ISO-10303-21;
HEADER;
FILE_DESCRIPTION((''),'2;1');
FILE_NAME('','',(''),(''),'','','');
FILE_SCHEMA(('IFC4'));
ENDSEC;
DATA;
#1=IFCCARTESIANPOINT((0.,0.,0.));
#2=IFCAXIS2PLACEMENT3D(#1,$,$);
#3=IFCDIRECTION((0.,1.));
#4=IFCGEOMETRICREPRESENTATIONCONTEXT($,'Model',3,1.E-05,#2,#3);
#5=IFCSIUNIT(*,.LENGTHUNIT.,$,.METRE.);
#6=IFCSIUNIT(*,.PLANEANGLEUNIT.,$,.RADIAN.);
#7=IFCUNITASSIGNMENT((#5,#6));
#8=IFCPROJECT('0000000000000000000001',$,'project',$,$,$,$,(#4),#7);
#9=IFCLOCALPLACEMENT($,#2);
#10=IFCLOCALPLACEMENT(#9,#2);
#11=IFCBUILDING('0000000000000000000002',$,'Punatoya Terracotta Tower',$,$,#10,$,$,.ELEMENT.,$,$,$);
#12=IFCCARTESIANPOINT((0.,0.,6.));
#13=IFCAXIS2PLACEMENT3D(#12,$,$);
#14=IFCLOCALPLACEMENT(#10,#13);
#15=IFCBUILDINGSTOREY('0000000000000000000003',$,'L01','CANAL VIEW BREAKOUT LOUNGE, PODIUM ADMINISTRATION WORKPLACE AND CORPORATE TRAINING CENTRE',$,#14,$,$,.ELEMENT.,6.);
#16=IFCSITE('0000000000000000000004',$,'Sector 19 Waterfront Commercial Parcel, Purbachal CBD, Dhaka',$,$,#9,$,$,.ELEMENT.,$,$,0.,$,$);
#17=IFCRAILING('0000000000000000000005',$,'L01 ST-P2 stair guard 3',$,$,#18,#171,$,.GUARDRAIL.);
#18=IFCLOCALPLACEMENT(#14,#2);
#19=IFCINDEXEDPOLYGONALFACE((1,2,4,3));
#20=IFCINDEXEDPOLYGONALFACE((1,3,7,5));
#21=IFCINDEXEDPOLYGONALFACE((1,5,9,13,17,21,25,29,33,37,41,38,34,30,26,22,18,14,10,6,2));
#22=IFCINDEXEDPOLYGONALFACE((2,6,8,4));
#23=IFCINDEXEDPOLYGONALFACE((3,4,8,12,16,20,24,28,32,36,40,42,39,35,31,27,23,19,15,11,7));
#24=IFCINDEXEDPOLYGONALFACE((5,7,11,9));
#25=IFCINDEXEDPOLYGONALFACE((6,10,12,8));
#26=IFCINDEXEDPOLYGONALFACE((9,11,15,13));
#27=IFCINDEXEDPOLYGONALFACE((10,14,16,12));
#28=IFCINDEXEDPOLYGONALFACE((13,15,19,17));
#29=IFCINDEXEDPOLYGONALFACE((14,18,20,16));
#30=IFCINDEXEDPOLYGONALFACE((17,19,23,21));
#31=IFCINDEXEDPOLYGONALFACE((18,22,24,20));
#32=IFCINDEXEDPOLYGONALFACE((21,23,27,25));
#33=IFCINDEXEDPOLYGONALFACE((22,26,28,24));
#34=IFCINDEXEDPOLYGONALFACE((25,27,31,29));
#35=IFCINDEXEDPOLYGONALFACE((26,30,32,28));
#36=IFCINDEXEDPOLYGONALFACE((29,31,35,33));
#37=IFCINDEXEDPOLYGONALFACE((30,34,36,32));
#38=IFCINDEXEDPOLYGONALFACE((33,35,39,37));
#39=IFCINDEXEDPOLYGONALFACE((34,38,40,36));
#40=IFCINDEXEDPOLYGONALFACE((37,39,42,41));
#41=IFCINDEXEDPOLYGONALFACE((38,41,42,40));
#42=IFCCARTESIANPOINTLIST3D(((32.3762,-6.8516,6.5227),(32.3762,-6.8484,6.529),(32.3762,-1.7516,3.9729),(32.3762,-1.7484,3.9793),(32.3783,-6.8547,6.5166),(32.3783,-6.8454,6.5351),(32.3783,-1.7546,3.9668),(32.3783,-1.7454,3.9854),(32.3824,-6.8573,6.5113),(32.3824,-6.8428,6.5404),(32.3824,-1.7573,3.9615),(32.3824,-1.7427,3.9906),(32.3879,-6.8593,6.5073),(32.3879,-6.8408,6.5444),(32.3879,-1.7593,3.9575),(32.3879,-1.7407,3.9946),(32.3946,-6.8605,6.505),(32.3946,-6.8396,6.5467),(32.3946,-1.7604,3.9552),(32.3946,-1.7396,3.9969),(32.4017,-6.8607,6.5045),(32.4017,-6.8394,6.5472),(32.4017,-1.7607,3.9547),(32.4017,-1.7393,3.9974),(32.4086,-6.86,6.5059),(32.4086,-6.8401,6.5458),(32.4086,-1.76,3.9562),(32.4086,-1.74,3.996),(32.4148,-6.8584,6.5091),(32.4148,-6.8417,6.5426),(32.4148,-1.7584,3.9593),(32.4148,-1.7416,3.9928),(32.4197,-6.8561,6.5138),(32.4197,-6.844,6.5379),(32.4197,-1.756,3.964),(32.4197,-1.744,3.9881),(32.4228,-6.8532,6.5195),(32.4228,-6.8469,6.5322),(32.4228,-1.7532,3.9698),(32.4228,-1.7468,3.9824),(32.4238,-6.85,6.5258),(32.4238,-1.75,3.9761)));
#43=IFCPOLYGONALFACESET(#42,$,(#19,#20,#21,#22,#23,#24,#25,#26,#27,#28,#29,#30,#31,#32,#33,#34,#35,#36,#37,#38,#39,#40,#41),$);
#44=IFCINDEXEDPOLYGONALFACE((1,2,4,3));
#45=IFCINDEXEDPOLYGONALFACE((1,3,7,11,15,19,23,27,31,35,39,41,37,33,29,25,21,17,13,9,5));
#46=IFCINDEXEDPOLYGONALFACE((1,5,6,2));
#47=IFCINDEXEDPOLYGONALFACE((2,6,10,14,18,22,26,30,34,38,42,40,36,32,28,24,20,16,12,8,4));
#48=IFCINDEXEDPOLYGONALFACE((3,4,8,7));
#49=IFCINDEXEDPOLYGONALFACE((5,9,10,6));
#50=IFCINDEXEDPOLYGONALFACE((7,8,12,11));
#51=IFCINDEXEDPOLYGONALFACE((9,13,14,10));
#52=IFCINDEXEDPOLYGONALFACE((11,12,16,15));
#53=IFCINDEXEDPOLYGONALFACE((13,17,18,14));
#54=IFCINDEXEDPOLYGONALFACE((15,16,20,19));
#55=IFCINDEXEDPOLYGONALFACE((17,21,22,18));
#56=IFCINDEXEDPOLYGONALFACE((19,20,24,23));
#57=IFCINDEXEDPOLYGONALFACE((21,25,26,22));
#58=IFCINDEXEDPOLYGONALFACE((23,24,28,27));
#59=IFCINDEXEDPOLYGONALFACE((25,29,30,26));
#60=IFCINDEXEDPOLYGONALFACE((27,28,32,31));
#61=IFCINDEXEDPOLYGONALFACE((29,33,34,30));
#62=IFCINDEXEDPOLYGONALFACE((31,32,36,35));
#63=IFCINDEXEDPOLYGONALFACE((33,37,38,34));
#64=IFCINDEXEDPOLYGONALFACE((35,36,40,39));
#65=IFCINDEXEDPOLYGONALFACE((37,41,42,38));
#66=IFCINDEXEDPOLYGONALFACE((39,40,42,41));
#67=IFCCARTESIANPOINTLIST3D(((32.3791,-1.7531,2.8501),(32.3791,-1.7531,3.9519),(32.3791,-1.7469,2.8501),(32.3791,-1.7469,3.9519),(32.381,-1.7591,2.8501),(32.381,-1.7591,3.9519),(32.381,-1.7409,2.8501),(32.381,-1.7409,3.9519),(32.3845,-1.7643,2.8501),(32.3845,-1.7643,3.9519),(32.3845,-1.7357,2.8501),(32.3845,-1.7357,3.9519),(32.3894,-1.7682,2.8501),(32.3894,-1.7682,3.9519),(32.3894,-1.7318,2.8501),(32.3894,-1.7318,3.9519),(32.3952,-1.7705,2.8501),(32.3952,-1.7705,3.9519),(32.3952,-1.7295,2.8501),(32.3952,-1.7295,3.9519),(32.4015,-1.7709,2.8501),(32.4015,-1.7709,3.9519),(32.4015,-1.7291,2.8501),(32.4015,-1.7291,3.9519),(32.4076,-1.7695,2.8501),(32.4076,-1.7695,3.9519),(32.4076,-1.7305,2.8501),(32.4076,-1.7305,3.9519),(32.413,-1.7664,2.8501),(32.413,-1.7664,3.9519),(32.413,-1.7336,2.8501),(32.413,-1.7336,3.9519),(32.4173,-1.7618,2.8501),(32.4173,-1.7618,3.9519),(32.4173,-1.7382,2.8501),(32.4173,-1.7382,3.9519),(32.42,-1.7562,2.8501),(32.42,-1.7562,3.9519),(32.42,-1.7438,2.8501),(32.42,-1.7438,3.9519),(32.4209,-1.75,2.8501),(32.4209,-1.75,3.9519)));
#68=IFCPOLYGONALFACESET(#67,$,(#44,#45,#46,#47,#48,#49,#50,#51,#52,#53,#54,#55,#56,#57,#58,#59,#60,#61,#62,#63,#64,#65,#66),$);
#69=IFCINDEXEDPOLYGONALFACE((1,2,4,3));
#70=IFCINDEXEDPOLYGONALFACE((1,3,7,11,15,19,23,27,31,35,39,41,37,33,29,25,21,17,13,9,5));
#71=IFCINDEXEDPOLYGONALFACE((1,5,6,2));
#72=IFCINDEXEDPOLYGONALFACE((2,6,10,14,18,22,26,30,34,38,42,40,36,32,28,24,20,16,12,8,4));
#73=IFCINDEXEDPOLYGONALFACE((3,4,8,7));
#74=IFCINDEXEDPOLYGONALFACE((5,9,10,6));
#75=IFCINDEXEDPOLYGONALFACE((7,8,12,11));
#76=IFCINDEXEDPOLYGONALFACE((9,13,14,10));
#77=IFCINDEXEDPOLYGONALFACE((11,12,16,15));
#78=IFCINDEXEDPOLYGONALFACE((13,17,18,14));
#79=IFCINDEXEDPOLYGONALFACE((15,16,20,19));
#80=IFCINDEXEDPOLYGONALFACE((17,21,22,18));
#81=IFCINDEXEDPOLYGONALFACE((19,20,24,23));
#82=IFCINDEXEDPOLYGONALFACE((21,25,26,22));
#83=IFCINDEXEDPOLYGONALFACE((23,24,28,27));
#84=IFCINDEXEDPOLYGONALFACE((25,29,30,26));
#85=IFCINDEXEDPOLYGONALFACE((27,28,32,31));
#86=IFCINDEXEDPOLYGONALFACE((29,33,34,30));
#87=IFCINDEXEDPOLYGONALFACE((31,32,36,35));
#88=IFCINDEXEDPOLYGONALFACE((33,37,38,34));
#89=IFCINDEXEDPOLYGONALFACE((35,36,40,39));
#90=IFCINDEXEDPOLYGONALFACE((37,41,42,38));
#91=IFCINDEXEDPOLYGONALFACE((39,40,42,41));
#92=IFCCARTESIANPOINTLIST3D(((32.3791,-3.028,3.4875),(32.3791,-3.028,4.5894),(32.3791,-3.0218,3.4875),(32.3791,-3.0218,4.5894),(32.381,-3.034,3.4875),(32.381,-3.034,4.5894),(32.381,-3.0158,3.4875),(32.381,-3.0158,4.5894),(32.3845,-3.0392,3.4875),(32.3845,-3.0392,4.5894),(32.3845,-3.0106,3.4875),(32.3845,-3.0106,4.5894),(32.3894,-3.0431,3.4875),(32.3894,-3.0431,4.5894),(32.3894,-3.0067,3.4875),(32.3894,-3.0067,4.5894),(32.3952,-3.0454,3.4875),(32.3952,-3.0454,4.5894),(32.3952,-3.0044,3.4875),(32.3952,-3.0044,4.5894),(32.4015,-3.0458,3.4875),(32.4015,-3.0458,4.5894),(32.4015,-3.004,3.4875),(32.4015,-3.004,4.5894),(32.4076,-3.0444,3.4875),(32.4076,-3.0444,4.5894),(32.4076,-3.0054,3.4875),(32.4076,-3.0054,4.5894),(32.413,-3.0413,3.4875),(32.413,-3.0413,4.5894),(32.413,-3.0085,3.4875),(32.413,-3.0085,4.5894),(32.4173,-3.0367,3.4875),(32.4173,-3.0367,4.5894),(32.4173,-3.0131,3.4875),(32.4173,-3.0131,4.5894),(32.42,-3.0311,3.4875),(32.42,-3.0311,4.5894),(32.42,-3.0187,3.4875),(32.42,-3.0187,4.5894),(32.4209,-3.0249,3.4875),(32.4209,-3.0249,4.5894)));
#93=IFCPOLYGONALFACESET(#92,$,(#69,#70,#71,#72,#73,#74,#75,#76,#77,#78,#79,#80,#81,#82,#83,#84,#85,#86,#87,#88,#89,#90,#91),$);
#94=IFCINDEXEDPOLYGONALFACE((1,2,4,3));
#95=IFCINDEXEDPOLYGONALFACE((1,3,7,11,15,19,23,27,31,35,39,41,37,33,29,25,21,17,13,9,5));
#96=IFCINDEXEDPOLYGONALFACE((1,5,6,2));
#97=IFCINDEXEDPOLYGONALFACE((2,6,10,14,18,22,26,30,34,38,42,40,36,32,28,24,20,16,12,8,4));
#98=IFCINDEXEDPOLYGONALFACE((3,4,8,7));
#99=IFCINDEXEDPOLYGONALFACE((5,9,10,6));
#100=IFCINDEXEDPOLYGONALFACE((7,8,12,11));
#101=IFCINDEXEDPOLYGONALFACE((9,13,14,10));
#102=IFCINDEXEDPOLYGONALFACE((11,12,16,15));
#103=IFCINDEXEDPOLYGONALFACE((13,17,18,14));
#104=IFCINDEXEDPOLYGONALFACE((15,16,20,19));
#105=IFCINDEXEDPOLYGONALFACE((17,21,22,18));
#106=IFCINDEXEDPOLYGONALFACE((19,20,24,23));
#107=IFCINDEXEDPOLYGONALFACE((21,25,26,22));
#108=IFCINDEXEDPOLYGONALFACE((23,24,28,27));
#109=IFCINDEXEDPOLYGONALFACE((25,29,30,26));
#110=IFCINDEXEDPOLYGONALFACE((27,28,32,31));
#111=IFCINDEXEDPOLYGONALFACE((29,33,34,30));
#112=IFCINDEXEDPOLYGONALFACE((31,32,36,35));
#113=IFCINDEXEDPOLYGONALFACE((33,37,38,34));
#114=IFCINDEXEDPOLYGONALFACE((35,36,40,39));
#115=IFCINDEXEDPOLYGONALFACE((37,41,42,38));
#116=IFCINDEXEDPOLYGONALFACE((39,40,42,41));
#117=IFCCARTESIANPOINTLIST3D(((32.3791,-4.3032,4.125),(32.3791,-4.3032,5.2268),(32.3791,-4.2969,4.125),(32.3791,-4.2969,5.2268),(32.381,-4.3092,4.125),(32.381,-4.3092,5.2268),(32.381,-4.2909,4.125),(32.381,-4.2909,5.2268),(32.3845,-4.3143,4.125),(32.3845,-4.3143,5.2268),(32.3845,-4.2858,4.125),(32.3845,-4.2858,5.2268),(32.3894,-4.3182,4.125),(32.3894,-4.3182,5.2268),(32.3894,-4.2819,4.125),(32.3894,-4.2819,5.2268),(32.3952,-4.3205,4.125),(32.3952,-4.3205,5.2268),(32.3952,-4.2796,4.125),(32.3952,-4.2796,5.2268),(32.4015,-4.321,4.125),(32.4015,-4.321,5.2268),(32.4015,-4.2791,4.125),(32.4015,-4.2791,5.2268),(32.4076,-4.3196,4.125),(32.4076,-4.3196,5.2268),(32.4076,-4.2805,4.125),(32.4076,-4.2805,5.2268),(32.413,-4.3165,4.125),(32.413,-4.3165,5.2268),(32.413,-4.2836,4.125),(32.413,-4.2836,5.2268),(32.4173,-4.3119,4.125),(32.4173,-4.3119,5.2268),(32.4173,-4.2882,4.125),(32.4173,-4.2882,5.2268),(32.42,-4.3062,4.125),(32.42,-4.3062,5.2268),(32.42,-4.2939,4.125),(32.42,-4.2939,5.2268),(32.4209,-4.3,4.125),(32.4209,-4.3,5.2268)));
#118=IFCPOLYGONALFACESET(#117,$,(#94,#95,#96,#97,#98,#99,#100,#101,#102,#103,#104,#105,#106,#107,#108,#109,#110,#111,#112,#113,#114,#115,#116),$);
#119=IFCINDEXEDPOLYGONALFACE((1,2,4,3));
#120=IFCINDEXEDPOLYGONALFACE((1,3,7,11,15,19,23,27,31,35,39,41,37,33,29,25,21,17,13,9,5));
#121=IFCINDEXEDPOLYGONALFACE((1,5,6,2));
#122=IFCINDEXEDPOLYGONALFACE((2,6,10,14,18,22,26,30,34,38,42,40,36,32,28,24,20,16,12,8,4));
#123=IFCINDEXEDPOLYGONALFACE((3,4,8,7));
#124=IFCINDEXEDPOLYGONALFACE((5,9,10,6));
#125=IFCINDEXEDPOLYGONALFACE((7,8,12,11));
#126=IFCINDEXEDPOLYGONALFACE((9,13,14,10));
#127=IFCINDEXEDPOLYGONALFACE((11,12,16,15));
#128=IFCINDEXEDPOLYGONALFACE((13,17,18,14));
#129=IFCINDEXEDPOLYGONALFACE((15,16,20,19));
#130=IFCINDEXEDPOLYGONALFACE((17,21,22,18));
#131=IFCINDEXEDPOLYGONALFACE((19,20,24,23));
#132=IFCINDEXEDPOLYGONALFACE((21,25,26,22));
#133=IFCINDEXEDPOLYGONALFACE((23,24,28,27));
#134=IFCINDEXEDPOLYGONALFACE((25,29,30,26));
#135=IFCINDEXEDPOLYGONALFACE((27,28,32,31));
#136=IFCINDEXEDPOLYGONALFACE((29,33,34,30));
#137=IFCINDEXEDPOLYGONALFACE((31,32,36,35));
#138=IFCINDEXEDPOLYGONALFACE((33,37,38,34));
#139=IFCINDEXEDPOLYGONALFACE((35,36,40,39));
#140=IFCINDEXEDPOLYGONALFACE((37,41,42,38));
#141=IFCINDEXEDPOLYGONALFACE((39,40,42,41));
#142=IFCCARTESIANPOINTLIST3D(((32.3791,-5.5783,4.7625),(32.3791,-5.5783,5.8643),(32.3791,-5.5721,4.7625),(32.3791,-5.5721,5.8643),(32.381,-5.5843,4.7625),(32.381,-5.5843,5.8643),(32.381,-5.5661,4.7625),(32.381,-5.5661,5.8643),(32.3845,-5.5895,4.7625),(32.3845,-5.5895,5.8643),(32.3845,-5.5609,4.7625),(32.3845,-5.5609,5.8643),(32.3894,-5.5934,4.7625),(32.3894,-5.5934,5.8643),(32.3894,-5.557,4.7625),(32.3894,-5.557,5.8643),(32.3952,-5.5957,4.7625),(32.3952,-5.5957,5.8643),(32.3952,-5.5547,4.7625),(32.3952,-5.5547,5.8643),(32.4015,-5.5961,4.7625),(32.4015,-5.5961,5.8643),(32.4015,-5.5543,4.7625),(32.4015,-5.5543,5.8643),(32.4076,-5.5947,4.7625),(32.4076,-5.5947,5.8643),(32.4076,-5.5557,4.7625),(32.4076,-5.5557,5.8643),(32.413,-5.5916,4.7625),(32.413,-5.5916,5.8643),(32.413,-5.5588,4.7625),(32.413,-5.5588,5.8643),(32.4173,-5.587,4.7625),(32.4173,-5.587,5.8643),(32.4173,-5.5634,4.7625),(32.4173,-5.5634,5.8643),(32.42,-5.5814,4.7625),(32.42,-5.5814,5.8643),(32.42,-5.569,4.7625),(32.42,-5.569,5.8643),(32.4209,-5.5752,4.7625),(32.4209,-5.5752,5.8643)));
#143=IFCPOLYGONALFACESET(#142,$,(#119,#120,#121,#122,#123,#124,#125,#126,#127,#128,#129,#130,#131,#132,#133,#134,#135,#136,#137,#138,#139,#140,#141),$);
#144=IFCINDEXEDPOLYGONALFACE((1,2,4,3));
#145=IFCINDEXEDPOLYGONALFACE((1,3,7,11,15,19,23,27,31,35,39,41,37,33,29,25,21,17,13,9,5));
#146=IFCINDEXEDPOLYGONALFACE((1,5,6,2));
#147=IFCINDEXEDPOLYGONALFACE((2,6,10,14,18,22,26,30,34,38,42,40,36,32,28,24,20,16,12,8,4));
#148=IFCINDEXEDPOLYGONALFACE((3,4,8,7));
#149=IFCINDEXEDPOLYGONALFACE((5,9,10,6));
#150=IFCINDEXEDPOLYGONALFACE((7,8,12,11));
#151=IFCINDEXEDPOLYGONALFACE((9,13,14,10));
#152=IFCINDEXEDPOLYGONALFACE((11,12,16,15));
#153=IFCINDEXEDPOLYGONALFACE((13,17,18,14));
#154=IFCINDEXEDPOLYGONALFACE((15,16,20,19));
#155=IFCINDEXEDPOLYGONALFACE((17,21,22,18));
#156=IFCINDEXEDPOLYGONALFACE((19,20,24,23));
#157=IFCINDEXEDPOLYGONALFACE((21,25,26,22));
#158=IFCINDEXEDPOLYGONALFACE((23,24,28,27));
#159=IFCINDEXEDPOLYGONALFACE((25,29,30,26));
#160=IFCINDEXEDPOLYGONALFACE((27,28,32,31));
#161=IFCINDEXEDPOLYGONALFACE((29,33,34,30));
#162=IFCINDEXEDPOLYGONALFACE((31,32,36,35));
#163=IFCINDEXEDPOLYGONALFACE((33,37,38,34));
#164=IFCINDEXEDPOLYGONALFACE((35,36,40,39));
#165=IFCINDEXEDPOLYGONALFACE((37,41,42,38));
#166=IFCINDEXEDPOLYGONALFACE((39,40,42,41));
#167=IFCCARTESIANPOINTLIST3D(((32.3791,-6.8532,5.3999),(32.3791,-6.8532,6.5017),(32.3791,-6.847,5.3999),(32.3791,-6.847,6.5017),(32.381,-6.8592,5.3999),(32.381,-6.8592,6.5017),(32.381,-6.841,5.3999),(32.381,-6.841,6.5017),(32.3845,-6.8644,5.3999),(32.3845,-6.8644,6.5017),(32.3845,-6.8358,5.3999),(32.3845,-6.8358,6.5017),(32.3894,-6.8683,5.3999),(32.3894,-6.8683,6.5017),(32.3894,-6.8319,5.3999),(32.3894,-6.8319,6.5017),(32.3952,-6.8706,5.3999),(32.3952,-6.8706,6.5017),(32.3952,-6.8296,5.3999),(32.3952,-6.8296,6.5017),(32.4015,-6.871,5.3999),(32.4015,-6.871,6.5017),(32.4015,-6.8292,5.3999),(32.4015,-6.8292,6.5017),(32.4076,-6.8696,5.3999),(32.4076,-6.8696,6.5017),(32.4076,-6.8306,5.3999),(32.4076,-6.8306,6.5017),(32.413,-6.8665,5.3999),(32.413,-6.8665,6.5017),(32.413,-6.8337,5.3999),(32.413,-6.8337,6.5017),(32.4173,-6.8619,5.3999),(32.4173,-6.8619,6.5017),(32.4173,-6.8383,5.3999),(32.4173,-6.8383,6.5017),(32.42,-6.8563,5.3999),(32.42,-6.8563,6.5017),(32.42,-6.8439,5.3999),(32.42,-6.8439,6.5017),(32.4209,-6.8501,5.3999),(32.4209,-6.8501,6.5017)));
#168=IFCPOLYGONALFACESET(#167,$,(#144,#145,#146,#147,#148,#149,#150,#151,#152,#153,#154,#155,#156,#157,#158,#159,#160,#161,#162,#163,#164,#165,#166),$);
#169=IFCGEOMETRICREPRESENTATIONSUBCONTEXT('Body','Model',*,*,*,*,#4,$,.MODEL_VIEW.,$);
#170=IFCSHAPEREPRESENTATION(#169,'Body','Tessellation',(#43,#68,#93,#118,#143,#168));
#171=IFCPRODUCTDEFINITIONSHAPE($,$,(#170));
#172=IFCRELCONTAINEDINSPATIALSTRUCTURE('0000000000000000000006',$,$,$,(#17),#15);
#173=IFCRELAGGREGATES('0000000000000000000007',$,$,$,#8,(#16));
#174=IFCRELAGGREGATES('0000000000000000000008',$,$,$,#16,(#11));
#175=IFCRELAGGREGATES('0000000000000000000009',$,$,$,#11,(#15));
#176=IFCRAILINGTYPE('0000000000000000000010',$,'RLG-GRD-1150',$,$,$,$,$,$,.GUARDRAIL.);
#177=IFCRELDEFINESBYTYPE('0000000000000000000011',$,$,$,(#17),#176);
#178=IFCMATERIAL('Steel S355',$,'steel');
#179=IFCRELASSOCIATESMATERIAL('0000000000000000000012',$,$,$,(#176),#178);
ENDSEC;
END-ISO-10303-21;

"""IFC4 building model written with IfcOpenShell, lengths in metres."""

from ifc_helpers import new_model, si_unit, direction, frame, origin, origin_2d, place, context, subcontext, project, spatial, circle, extrude, material, type_object, element, save


model = new_model("IFC4")

# Units and contexts
model_context = context("Model", 3, precision=1e-05, world=origin(), true_north=direction((0.0, 1.0)))
body_context = subcontext(model_context, "Body", "Model", "MODEL_VIEW")
ifc_project = project(units=[si_unit("LENGTHUNIT", "METRE"), si_unit("PLANEANGLEUNIT", "RADIAN")], contexts=[model_context])

# Site, building, storey
site_placement = place(None, origin())
site = spatial("IfcSite", under=ifc_project, at=site_placement, Name="Sector 19 Waterfront Commercial Parcel, Purbachal CBD, Dhaka", CompositionType="ELEMENT", RefElevation=0.0)
building_placement = place(site_placement, origin())
building = spatial("IfcBuilding", under=site, at=building_placement, Name="Punatoya Terracotta Tower", CompositionType="ELEMENT")
storey_placement = place(building_placement, frame((0.0, 0.0, 6.0)))
storey = spatial("IfcBuildingStorey", under=building, at=storey_placement, Name="L01", Description="CANAL VIEW BREAKOUT LOUNGE, PODIUM ADMINISTRATION WORKPLACE AND CORPORATE TRAINING CENTRE", CompositionType="ELEMENT", Elevation=6.0)

# Shared definitions
ifc_material_1 = material(Name="Steel S355", Category="steel")

# Railing
railing_type_1 = type_object("IfcRailingType", Name="RLG-GRD-1150", PredefinedType="GUARDRAIL", material=ifc_material_1)
railing_1_placement = place(storey_placement, frame((32.3999, -1.75, 2.8501)))
element("IfcRailing", 1, at=railing_1_placement, inside=storey, type_object=railing_type_1, Name="L01 ST-P2 stair guard 3", PredefinedType="GUARDRAIL", context=body_context, shape_type="SweptSolid", body=[
    extrude(circle(Radius=0.0239, at=origin_2d()), frame((0.0, 0.0, 1.126), z_axis=(0.0, -0.894444, 0.447179), x_axis=(1.0, 0.0, 0.0)), (0.0, 0.0, 1.0), 5.7019),
    extrude(circle(Radius=0.021, at=origin_2d()), origin(), (0.0, 0.0, 1.0), 1.1018),
    extrude(circle(Radius=0.021, at=origin_2d()), frame((0.0, -1.2749, 0.6375)), (0.0, 0.0, 1.0), 1.1018),
    extrude(circle(Radius=0.021, at=origin_2d()), frame((0.0, -2.55, 1.2749)), (0.0, 0.0, 1.0), 1.1018),
    extrude(circle(Radius=0.021, at=origin_2d()), frame((0.0, -3.8252, 1.9124)), (0.0, 0.0, 1.0), 1.1018),
    extrude(circle(Radius=0.021, at=origin_2d()), frame((0.0, -5.1001, 2.5498)), (0.0, 0.0, 1.0), 1.1018),
])

save(model, "model.ifc")
